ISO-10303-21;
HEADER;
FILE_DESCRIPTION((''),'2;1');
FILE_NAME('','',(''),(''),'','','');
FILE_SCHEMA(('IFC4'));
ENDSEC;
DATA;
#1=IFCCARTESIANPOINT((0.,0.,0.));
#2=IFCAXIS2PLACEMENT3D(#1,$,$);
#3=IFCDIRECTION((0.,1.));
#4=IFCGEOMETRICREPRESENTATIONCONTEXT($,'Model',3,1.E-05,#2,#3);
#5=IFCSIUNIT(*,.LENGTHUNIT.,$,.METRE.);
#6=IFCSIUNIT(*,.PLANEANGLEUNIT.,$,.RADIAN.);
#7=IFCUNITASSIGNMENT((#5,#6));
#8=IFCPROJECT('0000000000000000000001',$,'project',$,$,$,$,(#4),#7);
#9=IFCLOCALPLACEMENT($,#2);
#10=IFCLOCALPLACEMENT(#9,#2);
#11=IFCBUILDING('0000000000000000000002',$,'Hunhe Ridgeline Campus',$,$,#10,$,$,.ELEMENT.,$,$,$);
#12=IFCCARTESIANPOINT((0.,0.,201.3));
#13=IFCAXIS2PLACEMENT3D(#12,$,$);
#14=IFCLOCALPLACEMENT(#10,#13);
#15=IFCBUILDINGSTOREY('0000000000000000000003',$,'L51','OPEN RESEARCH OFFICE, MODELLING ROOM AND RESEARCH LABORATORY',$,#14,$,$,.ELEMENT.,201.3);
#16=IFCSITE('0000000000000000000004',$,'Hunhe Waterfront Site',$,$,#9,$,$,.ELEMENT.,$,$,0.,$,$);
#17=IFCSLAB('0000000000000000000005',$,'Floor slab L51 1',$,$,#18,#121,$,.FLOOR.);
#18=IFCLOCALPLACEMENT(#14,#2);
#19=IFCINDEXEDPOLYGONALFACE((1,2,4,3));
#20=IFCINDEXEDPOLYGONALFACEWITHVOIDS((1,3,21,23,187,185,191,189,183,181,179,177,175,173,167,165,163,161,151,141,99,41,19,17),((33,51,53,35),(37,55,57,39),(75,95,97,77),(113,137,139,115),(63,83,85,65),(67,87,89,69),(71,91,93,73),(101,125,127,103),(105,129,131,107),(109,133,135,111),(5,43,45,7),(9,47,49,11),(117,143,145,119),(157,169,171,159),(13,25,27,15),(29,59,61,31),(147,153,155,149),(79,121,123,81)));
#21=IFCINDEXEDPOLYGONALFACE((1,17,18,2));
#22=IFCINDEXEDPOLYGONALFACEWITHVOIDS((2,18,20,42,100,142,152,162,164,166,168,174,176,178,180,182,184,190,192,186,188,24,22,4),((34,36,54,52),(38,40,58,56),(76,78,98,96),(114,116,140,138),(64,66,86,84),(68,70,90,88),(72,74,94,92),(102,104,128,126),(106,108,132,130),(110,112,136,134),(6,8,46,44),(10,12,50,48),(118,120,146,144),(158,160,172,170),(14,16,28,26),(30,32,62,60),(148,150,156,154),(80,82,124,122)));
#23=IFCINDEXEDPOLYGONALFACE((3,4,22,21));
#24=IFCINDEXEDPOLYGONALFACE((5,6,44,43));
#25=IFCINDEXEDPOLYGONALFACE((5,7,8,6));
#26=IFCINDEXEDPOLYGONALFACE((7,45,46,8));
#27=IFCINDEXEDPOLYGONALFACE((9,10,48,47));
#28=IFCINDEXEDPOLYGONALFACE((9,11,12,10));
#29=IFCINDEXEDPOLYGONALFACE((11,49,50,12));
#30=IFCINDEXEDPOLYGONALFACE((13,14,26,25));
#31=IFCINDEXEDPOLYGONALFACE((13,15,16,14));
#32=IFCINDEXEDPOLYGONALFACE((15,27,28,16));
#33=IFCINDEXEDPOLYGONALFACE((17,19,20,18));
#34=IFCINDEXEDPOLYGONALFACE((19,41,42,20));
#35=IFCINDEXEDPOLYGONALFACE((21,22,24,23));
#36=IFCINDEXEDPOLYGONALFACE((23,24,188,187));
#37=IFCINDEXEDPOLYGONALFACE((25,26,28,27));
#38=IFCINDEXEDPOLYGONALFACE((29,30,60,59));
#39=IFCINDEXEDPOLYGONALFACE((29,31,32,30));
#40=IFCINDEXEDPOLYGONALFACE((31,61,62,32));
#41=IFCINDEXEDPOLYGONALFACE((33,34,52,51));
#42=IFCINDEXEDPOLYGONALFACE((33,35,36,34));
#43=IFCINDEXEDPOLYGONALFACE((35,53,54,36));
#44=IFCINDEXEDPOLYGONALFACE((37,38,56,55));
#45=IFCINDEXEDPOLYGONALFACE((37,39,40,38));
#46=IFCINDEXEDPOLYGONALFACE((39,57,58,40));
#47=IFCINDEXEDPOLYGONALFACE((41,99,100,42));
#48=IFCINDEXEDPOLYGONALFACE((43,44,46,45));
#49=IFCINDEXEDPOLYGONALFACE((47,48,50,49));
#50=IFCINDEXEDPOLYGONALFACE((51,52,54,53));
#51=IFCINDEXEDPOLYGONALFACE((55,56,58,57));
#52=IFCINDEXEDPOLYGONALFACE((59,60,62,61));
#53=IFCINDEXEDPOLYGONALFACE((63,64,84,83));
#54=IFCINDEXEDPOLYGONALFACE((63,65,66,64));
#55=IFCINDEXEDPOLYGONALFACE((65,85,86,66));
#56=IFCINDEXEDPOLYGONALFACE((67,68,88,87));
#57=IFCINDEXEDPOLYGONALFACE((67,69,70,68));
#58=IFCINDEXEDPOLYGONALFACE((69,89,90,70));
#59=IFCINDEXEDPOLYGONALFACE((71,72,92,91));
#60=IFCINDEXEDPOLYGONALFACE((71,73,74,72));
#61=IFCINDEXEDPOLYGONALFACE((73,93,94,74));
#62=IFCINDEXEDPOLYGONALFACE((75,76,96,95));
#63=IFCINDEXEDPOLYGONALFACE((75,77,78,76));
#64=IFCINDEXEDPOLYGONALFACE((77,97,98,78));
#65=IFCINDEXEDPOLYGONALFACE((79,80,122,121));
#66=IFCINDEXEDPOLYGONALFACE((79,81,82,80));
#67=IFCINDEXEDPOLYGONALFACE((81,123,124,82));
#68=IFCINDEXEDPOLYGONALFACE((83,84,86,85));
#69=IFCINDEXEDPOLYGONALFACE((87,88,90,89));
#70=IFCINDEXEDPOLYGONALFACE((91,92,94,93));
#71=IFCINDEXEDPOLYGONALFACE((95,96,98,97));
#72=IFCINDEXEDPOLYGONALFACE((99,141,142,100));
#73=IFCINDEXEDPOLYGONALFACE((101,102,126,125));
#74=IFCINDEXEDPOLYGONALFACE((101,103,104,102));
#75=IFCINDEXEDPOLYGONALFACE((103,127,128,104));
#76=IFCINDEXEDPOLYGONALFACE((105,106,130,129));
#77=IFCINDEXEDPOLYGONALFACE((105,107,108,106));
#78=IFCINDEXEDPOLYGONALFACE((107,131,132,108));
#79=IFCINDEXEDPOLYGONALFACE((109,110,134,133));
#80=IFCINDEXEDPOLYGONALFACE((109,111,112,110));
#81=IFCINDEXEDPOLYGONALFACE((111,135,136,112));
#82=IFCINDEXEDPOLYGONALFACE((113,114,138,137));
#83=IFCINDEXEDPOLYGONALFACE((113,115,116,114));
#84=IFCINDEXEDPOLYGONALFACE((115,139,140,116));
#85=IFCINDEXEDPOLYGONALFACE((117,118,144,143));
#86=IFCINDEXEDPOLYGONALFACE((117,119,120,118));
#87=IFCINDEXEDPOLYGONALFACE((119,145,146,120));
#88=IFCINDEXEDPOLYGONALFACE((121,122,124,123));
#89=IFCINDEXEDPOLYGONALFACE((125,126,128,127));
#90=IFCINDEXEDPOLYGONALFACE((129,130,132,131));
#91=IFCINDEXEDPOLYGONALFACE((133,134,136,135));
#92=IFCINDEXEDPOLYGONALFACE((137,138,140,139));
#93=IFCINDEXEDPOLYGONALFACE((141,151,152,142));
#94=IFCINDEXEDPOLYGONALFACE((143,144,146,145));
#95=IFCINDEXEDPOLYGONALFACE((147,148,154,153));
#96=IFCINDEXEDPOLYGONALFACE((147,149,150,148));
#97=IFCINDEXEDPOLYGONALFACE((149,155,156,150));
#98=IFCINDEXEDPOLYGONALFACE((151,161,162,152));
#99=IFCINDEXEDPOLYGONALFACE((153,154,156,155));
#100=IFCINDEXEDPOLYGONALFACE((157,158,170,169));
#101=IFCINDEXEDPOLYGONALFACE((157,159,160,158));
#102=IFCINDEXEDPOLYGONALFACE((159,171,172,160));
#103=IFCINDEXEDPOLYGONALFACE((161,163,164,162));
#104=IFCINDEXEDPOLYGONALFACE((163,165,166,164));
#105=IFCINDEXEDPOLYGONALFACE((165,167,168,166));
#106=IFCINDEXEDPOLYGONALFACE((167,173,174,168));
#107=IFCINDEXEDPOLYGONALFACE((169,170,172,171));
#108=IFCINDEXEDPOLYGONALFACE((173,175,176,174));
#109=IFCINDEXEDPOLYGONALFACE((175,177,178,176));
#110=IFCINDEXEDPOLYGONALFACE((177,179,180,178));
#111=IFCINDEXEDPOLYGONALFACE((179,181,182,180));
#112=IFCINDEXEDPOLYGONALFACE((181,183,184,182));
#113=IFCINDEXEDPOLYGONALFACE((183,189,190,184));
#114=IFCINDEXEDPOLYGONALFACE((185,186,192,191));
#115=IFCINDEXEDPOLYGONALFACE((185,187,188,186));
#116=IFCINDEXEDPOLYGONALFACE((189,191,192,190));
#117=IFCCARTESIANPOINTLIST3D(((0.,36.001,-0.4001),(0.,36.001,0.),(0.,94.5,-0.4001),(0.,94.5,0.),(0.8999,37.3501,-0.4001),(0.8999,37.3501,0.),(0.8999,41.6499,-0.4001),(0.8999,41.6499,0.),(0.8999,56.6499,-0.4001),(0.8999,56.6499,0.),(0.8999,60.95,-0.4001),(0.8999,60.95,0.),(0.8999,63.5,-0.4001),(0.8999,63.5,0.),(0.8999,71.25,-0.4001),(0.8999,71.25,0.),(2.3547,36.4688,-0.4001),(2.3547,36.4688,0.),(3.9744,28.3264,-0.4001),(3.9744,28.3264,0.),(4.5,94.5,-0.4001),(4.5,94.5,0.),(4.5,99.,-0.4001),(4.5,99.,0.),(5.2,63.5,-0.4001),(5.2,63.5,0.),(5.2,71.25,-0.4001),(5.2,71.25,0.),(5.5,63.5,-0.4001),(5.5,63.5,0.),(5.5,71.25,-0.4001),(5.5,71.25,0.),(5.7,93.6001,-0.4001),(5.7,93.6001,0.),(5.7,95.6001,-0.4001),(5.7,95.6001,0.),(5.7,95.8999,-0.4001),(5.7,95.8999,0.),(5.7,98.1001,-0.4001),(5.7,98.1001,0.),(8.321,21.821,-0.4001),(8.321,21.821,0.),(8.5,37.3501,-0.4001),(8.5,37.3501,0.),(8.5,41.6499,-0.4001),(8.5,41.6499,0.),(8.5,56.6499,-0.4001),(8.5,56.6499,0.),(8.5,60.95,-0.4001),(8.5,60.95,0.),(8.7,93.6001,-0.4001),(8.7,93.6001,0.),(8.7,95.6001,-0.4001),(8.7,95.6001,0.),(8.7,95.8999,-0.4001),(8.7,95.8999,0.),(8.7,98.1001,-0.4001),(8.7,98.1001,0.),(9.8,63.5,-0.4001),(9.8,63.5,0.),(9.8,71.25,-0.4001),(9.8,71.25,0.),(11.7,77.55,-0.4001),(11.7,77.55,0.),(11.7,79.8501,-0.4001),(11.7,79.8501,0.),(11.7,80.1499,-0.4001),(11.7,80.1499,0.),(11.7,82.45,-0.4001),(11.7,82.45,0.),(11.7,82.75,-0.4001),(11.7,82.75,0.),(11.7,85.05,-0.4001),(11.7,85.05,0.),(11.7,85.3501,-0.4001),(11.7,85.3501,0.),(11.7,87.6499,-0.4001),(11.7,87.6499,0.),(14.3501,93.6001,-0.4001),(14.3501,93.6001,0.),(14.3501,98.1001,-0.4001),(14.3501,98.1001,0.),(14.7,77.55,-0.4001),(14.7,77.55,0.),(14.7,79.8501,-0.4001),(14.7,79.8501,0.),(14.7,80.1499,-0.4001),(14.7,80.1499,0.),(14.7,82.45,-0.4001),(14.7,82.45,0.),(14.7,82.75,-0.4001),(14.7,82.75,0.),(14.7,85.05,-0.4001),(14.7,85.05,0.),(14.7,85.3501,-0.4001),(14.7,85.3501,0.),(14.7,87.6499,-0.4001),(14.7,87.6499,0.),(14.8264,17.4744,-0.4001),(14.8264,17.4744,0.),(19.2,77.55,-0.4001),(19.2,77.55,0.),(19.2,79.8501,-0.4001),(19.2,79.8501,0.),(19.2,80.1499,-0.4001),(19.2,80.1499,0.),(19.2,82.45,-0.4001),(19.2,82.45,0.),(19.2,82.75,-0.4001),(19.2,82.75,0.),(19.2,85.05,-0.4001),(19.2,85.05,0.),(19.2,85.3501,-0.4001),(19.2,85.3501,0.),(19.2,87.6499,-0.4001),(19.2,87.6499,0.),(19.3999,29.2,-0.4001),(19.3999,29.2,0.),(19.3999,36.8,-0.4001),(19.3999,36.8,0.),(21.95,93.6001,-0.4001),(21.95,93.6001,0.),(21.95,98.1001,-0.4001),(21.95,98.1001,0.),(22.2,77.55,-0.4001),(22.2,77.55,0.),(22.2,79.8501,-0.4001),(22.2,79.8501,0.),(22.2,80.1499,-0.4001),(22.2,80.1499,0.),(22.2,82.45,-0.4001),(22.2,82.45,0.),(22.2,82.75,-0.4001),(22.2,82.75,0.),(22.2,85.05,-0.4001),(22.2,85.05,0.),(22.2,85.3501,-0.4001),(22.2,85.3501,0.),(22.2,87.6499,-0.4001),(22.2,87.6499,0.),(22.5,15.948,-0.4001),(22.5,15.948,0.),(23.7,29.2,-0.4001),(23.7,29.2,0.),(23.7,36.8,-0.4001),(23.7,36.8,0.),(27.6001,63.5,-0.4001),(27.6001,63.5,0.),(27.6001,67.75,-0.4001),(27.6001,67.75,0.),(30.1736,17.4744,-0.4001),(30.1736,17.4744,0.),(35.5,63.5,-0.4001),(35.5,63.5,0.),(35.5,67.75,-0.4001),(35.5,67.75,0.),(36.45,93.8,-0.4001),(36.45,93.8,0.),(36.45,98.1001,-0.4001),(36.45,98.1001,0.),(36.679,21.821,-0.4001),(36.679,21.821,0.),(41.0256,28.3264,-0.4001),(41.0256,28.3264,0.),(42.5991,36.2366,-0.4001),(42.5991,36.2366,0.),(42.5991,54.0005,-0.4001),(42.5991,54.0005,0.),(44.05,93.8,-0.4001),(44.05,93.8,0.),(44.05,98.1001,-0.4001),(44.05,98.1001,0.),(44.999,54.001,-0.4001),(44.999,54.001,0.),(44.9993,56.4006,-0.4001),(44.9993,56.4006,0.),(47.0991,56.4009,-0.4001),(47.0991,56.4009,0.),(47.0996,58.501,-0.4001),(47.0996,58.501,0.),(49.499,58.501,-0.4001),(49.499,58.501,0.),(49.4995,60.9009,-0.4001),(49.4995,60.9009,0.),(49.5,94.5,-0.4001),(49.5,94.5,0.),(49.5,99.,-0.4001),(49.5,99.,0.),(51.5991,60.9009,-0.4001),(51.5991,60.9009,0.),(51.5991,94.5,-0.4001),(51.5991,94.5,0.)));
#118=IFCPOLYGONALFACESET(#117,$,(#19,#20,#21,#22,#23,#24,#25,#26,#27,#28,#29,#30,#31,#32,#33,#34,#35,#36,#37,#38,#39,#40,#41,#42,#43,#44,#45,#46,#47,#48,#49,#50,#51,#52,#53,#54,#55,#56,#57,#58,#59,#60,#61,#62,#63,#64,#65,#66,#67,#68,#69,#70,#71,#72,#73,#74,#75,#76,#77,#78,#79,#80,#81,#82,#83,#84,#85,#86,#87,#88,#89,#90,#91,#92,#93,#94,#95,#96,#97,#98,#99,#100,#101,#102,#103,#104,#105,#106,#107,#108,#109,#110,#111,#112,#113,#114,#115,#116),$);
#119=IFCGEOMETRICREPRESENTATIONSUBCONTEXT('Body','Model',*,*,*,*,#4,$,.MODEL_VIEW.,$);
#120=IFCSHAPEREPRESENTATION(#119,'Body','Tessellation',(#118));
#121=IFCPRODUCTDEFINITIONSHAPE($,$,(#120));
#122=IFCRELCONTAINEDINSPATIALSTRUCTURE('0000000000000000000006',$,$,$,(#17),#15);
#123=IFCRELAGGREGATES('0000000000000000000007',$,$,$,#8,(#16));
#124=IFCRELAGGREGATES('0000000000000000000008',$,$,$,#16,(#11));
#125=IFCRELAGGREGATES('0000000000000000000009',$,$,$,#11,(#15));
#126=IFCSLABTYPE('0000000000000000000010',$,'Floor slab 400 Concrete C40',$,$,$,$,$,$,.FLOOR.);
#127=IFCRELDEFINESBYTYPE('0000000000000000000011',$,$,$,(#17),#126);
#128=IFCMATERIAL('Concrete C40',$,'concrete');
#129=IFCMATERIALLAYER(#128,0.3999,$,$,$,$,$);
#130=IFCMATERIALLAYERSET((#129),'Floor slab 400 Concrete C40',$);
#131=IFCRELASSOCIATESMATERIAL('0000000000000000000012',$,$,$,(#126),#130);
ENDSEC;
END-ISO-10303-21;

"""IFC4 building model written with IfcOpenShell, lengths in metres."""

from ifc_helpers import new_model, si_unit, direction, frame, origin, place, context, subcontext, project, spatial, polyline, outline, extrude, material, layer, layer_set, type_object, element, save


model = new_model("IFC4")

# Units and contexts
model_context = context("Model", 3, precision=1e-05, world=origin(), true_north=direction((0.0, 1.0)))
body_context = subcontext(model_context, "Body", "Model", "MODEL_VIEW")
ifc_project = project(units=[si_unit("LENGTHUNIT", "METRE"), si_unit("PLANEANGLEUNIT", "RADIAN")], contexts=[model_context])

# Site, building, storey
site_placement = place(None, origin())
site = spatial("IfcSite", under=ifc_project, at=site_placement, Name="Hunhe Waterfront Site", CompositionType="ELEMENT", RefElevation=0.0)
building_placement = place(site_placement, origin())
building = spatial("IfcBuilding", under=site, at=building_placement, Name="Hunhe Ridgeline Campus", CompositionType="ELEMENT")
storey_placement = place(building_placement, frame((0.0, 0.0, 201.3)))
storey = spatial("IfcBuildingStorey", under=building, at=storey_placement, Name="L51", Description="OPEN RESEARCH OFFICE, MODELLING ROOM AND RESEARCH LABORATORY", CompositionType="ELEMENT", Elevation=201.3)

# Slab
ifc_material_1 = material(Name="Concrete C40", Category="concrete")
ifc_layer_1 = layer(ifc_material_1, 0.3999)
ifc_layer_set_1 = layer_set([ifc_layer_1], Name="Floor slab 400 Concrete C40")
slab_type_1 = type_object("IfcSlabType", Name="Floor slab 400 Concrete C40", PredefinedType="FLOOR", material=ifc_layer_set_1)
slab_1_placement = place(storey_placement, frame((0.0, 0.0, -0.4001)))
element("IfcSlab", 1, at=slab_1_placement, inside=storey, type_object=slab_type_1, Name="Floor slab L51 1", PredefinedType="FLOOR", context=body_context, shape_type="SweptSolid", body=[
    extrude(outline(polyline([(30.1736, 17.4744), (36.679, 21.821), (41.0256, 28.3264), (42.5991, 36.2366), (42.5991, 54.0005), (44.999, 54.001), (44.9993, 56.4006), (47.0991, 56.4009), (47.0996, 58.501), (49.499, 58.501), (49.4995, 60.9009), (51.5991, 60.9009), (51.5991, 94.5), (49.5, 94.5), (49.5, 99.0), (4.5, 99.0), (4.5, 94.5), (0.0, 94.5), (0.0, 36.001), (2.3547, 36.4688), (3.9744, 28.3264), (8.321, 21.821), (14.8264, 17.4744), (22.5, 15.948), (30.1736, 17.4744)]), holes=[polyline([(36.45, 93.8), (44.05, 93.8), (44.05, 98.1001), (36.45, 98.1001), (36.45, 93.8)]), polyline([(35.5, 63.5), (35.5, 67.75), (27.6001, 67.75), (27.6001, 63.5), (35.5, 63.5)]), polyline([(19.3999, 29.2), (23.7, 29.2), (23.7, 36.8), (19.3999, 36.8), (19.3999, 29.2)]), polyline([(22.2, 80.1499), (22.2, 82.45), (19.2, 82.45), (19.2, 80.1499), (22.2, 80.1499)]), polyline([(22.2, 79.8501), (19.2, 79.8501), (19.2, 77.55), (22.2, 77.55), (22.2, 79.8501)]), polyline([(19.2, 87.6499), (19.2, 85.3501), (22.2, 85.3501), (22.2, 87.6499), (19.2, 87.6499)]), polyline([(19.2, 82.75), (22.2, 82.75), (22.2, 85.05), (19.2, 85.05), (19.2, 82.75)]), polyline([(14.3501, 93.6001), (21.95, 93.6001), (21.95, 98.1001), (14.3501, 98.1001), (14.3501, 93.6001)]), polyline([(14.7, 79.8501), (11.7, 79.8501), (11.7, 77.55), (14.7, 77.55), (14.7, 79.8501)]), polyline([(14.7, 80.1499), (14.7, 82.45), (11.7, 82.45), (11.7, 80.1499), (14.7, 80.1499)]), polyline([(11.7, 87.6499), (11.7, 85.3501), (14.7, 85.3501), (14.7, 87.6499), (11.7, 87.6499)]), polyline([(11.7, 82.75), (14.7, 82.75), (14.7, 85.05), (11.7, 85.05), (11.7, 82.75)]), polyline([(9.8, 71.25), (5.5, 71.25), (5.5, 63.5), (9.8, 63.5), (9.8, 71.25)]), polyline([(8.7, 95.8999), (8.7, 98.1001), (5.7, 98.1001), (5.7, 95.8999), (8.7, 95.8999)]), polyline([(8.7, 95.6001), (5.7, 95.6001), (5.7, 93.6001), (8.7, 93.6001), (8.7, 95.6001)]), polyline([(0.8999, 37.3501), (8.5, 37.3501), (8.5, 41.6499), (0.8999, 41.6499), (0.8999, 37.3501)]), polyline([(0.8999, 60.95), (0.8999, 56.6499), (8.5, 56.6499), (8.5, 60.95), (0.8999, 60.95)]), polyline([(0.8999, 71.25), (0.8999, 63.5), (5.2, 63.5), (5.2, 71.25), (0.8999, 71.25)])]), origin(), (0.0, 0.0, 1.0), 0.4001),
])

save(model, "model.ifc")
